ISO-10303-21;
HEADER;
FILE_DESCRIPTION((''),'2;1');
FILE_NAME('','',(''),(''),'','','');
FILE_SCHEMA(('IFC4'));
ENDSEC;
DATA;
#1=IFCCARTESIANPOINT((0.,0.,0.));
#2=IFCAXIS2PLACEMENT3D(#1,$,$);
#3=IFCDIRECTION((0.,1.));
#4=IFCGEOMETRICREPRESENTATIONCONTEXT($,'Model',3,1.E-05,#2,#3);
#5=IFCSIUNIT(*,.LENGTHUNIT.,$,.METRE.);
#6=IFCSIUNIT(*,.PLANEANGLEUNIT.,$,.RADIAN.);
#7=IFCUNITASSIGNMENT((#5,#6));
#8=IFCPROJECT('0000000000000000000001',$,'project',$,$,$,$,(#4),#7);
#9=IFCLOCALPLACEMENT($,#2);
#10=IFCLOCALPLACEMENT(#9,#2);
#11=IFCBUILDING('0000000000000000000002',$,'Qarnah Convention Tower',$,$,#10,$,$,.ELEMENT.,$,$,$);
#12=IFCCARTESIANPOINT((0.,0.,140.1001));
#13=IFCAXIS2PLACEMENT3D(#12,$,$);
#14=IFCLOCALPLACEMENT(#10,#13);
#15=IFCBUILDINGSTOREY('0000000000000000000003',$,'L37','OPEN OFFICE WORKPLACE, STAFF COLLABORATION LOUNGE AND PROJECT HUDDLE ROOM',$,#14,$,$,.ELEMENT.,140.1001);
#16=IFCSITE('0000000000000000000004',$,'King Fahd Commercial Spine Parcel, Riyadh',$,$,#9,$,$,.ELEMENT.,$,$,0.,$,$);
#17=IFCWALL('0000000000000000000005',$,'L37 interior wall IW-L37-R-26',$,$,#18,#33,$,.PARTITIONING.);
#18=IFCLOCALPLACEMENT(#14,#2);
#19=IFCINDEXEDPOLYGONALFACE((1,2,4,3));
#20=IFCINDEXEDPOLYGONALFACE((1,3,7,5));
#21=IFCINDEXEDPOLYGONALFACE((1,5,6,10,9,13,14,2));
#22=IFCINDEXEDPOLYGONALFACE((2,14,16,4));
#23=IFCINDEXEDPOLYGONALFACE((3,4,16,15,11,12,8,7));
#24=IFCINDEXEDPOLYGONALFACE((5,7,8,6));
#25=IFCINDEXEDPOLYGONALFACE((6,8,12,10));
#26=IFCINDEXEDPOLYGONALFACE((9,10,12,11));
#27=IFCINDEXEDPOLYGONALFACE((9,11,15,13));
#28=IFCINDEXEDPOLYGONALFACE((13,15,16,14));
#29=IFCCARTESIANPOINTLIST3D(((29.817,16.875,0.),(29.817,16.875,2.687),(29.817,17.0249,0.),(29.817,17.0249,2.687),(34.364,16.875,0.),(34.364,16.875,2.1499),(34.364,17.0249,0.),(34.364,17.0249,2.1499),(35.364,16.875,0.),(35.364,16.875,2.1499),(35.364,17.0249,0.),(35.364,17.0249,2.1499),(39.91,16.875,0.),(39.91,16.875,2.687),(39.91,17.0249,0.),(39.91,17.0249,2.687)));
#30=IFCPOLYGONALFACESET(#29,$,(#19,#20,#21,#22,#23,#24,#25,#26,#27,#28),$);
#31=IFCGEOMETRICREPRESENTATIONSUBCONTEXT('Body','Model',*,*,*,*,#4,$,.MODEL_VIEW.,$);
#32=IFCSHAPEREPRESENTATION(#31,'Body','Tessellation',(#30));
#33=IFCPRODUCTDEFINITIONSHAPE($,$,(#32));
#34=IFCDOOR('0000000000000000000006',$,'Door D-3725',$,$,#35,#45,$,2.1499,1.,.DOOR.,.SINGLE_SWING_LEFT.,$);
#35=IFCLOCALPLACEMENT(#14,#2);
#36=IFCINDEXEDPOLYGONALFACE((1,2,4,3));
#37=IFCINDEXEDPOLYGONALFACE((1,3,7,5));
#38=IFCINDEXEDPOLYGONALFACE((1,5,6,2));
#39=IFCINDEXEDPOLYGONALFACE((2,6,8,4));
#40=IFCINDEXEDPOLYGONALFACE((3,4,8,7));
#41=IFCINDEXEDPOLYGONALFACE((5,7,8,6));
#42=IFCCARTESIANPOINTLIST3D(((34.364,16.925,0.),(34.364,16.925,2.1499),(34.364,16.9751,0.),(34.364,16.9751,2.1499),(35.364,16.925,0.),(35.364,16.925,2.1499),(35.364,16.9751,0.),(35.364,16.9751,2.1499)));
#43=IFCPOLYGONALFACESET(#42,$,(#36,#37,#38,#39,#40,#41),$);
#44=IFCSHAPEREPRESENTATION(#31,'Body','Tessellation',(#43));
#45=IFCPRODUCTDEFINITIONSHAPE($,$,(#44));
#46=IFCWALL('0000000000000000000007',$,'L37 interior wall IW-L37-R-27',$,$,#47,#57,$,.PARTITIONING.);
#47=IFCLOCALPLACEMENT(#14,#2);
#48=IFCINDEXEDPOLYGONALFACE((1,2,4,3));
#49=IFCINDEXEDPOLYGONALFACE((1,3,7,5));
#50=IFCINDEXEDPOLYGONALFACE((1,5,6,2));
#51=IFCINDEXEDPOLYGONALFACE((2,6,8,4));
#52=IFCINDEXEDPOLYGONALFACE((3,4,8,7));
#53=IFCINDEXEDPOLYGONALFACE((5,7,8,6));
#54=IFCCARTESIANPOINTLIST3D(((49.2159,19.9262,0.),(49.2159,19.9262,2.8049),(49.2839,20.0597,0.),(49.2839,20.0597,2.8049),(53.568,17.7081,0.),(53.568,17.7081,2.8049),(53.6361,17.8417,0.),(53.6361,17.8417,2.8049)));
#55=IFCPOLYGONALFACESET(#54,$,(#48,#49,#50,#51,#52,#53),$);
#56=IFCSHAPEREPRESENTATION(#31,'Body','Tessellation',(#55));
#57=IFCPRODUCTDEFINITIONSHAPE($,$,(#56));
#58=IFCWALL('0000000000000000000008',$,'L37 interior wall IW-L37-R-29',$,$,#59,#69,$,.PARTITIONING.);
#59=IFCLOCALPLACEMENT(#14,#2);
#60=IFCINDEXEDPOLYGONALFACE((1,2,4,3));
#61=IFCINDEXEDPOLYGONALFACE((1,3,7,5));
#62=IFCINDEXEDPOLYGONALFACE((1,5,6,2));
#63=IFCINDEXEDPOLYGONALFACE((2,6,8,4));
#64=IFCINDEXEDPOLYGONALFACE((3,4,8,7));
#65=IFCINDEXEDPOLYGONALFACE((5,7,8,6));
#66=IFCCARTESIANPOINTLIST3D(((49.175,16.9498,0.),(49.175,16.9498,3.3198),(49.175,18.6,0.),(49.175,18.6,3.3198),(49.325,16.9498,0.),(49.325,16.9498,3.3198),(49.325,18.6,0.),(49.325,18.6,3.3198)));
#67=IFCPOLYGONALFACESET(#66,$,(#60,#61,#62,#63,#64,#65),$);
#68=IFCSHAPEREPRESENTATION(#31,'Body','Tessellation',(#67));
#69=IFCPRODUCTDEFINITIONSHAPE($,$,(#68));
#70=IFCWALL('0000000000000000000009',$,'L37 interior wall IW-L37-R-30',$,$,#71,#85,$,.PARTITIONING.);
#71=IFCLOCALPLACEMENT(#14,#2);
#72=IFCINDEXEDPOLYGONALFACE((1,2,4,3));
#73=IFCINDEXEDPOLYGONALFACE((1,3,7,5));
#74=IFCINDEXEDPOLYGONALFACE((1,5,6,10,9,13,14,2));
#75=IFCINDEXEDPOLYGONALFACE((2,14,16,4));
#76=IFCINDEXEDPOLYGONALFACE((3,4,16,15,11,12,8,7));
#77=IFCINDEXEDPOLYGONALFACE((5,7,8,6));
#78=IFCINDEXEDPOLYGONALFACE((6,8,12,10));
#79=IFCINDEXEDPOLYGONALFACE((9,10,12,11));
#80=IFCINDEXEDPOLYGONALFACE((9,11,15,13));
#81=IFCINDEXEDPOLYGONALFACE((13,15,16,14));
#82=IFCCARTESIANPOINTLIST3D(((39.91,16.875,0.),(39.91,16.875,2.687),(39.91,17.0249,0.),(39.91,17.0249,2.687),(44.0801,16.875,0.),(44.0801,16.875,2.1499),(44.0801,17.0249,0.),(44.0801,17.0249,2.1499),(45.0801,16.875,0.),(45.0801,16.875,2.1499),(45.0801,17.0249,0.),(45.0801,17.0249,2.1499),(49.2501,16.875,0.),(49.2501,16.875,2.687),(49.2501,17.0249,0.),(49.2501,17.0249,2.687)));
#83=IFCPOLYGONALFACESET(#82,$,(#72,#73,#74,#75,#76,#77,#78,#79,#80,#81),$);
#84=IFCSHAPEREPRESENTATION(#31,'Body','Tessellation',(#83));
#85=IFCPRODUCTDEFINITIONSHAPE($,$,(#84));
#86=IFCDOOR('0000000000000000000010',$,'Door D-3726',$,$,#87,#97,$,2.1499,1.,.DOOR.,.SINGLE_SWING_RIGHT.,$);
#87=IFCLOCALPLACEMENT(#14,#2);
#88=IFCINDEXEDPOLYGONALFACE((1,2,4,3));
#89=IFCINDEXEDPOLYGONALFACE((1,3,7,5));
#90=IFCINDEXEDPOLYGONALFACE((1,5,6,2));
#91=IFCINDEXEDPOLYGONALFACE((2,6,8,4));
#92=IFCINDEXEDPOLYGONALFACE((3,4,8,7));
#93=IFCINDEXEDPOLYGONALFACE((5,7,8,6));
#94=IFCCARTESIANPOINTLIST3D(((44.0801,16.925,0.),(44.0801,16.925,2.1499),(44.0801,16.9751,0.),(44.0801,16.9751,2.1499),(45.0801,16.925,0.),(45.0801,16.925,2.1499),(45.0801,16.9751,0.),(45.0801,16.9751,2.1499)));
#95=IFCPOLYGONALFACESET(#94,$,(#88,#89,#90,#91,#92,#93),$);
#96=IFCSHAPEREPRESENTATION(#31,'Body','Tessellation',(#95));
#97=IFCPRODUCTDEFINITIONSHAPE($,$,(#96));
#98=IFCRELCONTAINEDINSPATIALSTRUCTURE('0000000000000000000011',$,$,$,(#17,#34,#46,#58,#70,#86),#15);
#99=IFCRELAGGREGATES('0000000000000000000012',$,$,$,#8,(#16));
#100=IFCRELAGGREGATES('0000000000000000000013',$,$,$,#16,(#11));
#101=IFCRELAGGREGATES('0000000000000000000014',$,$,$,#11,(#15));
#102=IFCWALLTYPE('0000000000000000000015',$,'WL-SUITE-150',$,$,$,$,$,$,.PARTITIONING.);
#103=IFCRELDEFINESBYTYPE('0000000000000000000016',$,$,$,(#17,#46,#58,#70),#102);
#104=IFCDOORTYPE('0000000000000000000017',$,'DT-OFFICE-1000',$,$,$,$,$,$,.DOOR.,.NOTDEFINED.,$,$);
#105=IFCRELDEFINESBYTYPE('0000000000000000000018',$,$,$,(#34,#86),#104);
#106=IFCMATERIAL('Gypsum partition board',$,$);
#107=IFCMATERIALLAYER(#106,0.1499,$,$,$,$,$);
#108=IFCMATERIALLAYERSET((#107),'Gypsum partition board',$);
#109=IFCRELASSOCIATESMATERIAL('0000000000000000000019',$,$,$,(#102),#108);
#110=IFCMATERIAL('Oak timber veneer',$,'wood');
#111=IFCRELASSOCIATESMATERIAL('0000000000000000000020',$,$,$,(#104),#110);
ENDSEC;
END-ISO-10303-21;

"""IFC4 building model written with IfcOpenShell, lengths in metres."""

from ifc_helpers import new_model, si_unit, direction, frame, frame_2d, origin, place, context, subcontext, project, spatial, rectangle, extrude, material, layer, layer_set, type_object, element, fill, save


model = new_model("IFC4")

# Units and contexts
model_context = context("Model", 3, precision=1e-05, world=origin(), true_north=direction((0.0, 1.0)))
body_context = subcontext(model_context, "Body", "Model", "MODEL_VIEW")
ifc_project = project(units=[si_unit("LENGTHUNIT", "METRE"), si_unit("PLANEANGLEUNIT", "RADIAN")], contexts=[model_context])

# Site, building, storey
site_placement = place(None, origin())
site = spatial("IfcSite", under=ifc_project, at=site_placement, Name="King Fahd Commercial Spine Parcel, Riyadh", CompositionType="ELEMENT", RefElevation=0.0)
building_placement = place(site_placement, origin())
building = spatial("IfcBuilding", under=site, at=building_placement, Name="Qarnah Convention Tower", CompositionType="ELEMENT")
storey_placement = place(building_placement, frame((0.0, 0.0, 140.1001)))
storey = spatial("IfcBuildingStorey", under=building, at=storey_placement, Name="L37", Description="OPEN OFFICE WORKPLACE, STAFF COLLABORATION LOUNGE AND PROJECT HUDDLE ROOM", CompositionType="ELEMENT", Elevation=140.1001)

# Wall, opening, door
ifc_material_1 = material(Name="Gypsum partition board")
ifc_layer_1 = layer(ifc_material_1, 0.1499)
ifc_layer_set_1 = layer_set([ifc_layer_1], Name="Gypsum partition board")
wall_type_1 = type_object("IfcWallType", Name="WL-SUITE-150", PredefinedType="PARTITIONING", material=ifc_layer_set_1)
wall_1_placement = place(storey_placement, frame((39.9099, 16.95, 0.0), z_axis=(0.0, 0.0, 1.0), x_axis=(-1.0, 0.0, 0.0)))
wall_1 = element("IfcWall", 1, at=wall_1_placement, inside=storey, type_object=wall_type_1, Name="L37 interior wall IW-L37-R-26", PredefinedType="PARTITIONING", context=body_context, shape_type="SweptSolid", body=[
    extrude(rectangle(XDim=10.093, YDim=0.1499, at=frame_2d((5.0464, 0.0))), origin(), (0.0, 0.0, 1.0), 2.687),
])
opening_1_placement = place(wall_1_placement, frame((4.5459, 0.0, 0.0)))
opening_1 = element("IfcOpeningElement", 2, at=opening_1_placement, cuts=wall_1, PredefinedType="OPENING", context=body_context, shape_type="SweptSolid", body=[
    extrude(rectangle(XDim=1.0, YDim=2.1499, at=frame_2d((0.5, 1.075))), frame((0.0, 0.085, 0.0), z_axis=(0.0, -1.0, 0.0), x_axis=(1.0, 0.0, 0.0)), (0.0, 0.0, 1.0), 0.1699),
])
ifc_material_2 = material(Name="Oak timber veneer", Category="wood")
door_type_1 = type_object("IfcDoorType", Name="DT-OFFICE-1000", OperationType="NOTDEFINED", PredefinedType="DOOR", material=ifc_material_2)
door_1_placement = place(opening_1_placement, origin())
door_1 = element("IfcDoor", 3, at=door_1_placement, inside=storey, type_object=door_type_1, Name="Door D-3725", OperationType="SINGLE_SWING_LEFT", OverallHeight=2.1499, OverallWidth=1.0, PredefinedType="DOOR", context=body_context, shape_type="SweptSolid", body=[
    extrude(rectangle(XDim=1.0, YDim=2.1499, at=frame_2d((0.5, 1.075))), frame((0.0, 0.0249, 0.0), z_axis=(0.0, -1.0, 0.0), x_axis=(1.0, 0.0, 0.0)), (0.0, 0.0, 1.0), 0.05),
])
fill(opening_1, door_1)

# Walls
wall_2_placement = place(storey_placement, frame((53.6021, 17.7749, 0.0), z_axis=(0.0, 0.0, 1.0), x_axis=(-0.890962, 0.454078, 0.0)))
element("IfcWall", 4, at=wall_2_placement, inside=storey, type_object=wall_type_1, Name="L37 interior wall IW-L37-R-27", PredefinedType="PARTITIONING", context=body_context, shape_type="SweptSolid", body=[
    extrude(rectangle(XDim=4.8848, YDim=0.1499, at=frame_2d((2.4424, 0.0))), origin(), (0.0, 0.0, 1.0), 2.8049),
])
wall_3_placement = place(storey_placement, frame((49.25, 18.6001, 0.0), z_axis=(0.0, 0.0, 1.0), x_axis=(0.0, -1.0, 0.0)))
element("IfcWall", 5, at=wall_3_placement, inside=storey, type_object=wall_type_1, Name="L37 interior wall IW-L37-R-29", PredefinedType="PARTITIONING", context=body_context, shape_type="SweptSolid", body=[
    extrude(rectangle(XDim=1.6501, YDim=0.1499, at=frame_2d((0.8252, 0.0))), origin(), (0.0, 0.0, 1.0), 3.3198),
])

# Wall, opening, door
wall_4_placement = place(storey_placement, frame((49.25, 16.95, 0.0), z_axis=(0.0, 0.0, 1.0), x_axis=(-1.0, 0.0, 0.0)))
wall_4 = element("IfcWall", 6, at=wall_4_placement, inside=storey, type_object=wall_type_1, Name="L37 interior wall IW-L37-R-30", PredefinedType="PARTITIONING", context=body_context, shape_type="SweptSolid", body=[
    extrude(rectangle(XDim=9.3401, YDim=0.1499, at=frame_2d((4.6699, 0.0))), origin(), (0.0, 0.0, 1.0), 2.687),
])
opening_2_placement = place(wall_4_placement, frame((4.1699, 0.0, 0.0)))
opening_2 = element("IfcOpeningElement", 7, at=opening_2_placement, cuts=wall_4, PredefinedType="OPENING", context=body_context, shape_type="SweptSolid", body=[
    extrude(rectangle(XDim=1.0, YDim=2.1499, at=frame_2d((0.5, 1.075))), frame((0.0, 0.085, 0.0), z_axis=(0.0, -1.0, 0.0), x_axis=(1.0, 0.0, 0.0)), (0.0, 0.0, 1.0), 0.1699),
])
door_2_placement = place(opening_2_placement, origin())
door_2 = element("IfcDoor", 8, at=door_2_placement, inside=storey, type_object=door_type_1, Name="Door D-3726", OperationType="SINGLE_SWING_RIGHT", OverallHeight=2.1499, OverallWidth=1.0, PredefinedType="DOOR", context=body_context, shape_type="SweptSolid", body=[
    extrude(rectangle(XDim=1.0, YDim=2.1499, at=frame_2d((0.5, 1.075))), frame((0.0, 0.0249, 0.0), z_axis=(0.0, -1.0, 0.0), x_axis=(1.0, 0.0, 0.0)), (0.0, 0.0, 1.0), 0.05),
])
fill(opening_2, door_2)

save(model, "model.ifc")
